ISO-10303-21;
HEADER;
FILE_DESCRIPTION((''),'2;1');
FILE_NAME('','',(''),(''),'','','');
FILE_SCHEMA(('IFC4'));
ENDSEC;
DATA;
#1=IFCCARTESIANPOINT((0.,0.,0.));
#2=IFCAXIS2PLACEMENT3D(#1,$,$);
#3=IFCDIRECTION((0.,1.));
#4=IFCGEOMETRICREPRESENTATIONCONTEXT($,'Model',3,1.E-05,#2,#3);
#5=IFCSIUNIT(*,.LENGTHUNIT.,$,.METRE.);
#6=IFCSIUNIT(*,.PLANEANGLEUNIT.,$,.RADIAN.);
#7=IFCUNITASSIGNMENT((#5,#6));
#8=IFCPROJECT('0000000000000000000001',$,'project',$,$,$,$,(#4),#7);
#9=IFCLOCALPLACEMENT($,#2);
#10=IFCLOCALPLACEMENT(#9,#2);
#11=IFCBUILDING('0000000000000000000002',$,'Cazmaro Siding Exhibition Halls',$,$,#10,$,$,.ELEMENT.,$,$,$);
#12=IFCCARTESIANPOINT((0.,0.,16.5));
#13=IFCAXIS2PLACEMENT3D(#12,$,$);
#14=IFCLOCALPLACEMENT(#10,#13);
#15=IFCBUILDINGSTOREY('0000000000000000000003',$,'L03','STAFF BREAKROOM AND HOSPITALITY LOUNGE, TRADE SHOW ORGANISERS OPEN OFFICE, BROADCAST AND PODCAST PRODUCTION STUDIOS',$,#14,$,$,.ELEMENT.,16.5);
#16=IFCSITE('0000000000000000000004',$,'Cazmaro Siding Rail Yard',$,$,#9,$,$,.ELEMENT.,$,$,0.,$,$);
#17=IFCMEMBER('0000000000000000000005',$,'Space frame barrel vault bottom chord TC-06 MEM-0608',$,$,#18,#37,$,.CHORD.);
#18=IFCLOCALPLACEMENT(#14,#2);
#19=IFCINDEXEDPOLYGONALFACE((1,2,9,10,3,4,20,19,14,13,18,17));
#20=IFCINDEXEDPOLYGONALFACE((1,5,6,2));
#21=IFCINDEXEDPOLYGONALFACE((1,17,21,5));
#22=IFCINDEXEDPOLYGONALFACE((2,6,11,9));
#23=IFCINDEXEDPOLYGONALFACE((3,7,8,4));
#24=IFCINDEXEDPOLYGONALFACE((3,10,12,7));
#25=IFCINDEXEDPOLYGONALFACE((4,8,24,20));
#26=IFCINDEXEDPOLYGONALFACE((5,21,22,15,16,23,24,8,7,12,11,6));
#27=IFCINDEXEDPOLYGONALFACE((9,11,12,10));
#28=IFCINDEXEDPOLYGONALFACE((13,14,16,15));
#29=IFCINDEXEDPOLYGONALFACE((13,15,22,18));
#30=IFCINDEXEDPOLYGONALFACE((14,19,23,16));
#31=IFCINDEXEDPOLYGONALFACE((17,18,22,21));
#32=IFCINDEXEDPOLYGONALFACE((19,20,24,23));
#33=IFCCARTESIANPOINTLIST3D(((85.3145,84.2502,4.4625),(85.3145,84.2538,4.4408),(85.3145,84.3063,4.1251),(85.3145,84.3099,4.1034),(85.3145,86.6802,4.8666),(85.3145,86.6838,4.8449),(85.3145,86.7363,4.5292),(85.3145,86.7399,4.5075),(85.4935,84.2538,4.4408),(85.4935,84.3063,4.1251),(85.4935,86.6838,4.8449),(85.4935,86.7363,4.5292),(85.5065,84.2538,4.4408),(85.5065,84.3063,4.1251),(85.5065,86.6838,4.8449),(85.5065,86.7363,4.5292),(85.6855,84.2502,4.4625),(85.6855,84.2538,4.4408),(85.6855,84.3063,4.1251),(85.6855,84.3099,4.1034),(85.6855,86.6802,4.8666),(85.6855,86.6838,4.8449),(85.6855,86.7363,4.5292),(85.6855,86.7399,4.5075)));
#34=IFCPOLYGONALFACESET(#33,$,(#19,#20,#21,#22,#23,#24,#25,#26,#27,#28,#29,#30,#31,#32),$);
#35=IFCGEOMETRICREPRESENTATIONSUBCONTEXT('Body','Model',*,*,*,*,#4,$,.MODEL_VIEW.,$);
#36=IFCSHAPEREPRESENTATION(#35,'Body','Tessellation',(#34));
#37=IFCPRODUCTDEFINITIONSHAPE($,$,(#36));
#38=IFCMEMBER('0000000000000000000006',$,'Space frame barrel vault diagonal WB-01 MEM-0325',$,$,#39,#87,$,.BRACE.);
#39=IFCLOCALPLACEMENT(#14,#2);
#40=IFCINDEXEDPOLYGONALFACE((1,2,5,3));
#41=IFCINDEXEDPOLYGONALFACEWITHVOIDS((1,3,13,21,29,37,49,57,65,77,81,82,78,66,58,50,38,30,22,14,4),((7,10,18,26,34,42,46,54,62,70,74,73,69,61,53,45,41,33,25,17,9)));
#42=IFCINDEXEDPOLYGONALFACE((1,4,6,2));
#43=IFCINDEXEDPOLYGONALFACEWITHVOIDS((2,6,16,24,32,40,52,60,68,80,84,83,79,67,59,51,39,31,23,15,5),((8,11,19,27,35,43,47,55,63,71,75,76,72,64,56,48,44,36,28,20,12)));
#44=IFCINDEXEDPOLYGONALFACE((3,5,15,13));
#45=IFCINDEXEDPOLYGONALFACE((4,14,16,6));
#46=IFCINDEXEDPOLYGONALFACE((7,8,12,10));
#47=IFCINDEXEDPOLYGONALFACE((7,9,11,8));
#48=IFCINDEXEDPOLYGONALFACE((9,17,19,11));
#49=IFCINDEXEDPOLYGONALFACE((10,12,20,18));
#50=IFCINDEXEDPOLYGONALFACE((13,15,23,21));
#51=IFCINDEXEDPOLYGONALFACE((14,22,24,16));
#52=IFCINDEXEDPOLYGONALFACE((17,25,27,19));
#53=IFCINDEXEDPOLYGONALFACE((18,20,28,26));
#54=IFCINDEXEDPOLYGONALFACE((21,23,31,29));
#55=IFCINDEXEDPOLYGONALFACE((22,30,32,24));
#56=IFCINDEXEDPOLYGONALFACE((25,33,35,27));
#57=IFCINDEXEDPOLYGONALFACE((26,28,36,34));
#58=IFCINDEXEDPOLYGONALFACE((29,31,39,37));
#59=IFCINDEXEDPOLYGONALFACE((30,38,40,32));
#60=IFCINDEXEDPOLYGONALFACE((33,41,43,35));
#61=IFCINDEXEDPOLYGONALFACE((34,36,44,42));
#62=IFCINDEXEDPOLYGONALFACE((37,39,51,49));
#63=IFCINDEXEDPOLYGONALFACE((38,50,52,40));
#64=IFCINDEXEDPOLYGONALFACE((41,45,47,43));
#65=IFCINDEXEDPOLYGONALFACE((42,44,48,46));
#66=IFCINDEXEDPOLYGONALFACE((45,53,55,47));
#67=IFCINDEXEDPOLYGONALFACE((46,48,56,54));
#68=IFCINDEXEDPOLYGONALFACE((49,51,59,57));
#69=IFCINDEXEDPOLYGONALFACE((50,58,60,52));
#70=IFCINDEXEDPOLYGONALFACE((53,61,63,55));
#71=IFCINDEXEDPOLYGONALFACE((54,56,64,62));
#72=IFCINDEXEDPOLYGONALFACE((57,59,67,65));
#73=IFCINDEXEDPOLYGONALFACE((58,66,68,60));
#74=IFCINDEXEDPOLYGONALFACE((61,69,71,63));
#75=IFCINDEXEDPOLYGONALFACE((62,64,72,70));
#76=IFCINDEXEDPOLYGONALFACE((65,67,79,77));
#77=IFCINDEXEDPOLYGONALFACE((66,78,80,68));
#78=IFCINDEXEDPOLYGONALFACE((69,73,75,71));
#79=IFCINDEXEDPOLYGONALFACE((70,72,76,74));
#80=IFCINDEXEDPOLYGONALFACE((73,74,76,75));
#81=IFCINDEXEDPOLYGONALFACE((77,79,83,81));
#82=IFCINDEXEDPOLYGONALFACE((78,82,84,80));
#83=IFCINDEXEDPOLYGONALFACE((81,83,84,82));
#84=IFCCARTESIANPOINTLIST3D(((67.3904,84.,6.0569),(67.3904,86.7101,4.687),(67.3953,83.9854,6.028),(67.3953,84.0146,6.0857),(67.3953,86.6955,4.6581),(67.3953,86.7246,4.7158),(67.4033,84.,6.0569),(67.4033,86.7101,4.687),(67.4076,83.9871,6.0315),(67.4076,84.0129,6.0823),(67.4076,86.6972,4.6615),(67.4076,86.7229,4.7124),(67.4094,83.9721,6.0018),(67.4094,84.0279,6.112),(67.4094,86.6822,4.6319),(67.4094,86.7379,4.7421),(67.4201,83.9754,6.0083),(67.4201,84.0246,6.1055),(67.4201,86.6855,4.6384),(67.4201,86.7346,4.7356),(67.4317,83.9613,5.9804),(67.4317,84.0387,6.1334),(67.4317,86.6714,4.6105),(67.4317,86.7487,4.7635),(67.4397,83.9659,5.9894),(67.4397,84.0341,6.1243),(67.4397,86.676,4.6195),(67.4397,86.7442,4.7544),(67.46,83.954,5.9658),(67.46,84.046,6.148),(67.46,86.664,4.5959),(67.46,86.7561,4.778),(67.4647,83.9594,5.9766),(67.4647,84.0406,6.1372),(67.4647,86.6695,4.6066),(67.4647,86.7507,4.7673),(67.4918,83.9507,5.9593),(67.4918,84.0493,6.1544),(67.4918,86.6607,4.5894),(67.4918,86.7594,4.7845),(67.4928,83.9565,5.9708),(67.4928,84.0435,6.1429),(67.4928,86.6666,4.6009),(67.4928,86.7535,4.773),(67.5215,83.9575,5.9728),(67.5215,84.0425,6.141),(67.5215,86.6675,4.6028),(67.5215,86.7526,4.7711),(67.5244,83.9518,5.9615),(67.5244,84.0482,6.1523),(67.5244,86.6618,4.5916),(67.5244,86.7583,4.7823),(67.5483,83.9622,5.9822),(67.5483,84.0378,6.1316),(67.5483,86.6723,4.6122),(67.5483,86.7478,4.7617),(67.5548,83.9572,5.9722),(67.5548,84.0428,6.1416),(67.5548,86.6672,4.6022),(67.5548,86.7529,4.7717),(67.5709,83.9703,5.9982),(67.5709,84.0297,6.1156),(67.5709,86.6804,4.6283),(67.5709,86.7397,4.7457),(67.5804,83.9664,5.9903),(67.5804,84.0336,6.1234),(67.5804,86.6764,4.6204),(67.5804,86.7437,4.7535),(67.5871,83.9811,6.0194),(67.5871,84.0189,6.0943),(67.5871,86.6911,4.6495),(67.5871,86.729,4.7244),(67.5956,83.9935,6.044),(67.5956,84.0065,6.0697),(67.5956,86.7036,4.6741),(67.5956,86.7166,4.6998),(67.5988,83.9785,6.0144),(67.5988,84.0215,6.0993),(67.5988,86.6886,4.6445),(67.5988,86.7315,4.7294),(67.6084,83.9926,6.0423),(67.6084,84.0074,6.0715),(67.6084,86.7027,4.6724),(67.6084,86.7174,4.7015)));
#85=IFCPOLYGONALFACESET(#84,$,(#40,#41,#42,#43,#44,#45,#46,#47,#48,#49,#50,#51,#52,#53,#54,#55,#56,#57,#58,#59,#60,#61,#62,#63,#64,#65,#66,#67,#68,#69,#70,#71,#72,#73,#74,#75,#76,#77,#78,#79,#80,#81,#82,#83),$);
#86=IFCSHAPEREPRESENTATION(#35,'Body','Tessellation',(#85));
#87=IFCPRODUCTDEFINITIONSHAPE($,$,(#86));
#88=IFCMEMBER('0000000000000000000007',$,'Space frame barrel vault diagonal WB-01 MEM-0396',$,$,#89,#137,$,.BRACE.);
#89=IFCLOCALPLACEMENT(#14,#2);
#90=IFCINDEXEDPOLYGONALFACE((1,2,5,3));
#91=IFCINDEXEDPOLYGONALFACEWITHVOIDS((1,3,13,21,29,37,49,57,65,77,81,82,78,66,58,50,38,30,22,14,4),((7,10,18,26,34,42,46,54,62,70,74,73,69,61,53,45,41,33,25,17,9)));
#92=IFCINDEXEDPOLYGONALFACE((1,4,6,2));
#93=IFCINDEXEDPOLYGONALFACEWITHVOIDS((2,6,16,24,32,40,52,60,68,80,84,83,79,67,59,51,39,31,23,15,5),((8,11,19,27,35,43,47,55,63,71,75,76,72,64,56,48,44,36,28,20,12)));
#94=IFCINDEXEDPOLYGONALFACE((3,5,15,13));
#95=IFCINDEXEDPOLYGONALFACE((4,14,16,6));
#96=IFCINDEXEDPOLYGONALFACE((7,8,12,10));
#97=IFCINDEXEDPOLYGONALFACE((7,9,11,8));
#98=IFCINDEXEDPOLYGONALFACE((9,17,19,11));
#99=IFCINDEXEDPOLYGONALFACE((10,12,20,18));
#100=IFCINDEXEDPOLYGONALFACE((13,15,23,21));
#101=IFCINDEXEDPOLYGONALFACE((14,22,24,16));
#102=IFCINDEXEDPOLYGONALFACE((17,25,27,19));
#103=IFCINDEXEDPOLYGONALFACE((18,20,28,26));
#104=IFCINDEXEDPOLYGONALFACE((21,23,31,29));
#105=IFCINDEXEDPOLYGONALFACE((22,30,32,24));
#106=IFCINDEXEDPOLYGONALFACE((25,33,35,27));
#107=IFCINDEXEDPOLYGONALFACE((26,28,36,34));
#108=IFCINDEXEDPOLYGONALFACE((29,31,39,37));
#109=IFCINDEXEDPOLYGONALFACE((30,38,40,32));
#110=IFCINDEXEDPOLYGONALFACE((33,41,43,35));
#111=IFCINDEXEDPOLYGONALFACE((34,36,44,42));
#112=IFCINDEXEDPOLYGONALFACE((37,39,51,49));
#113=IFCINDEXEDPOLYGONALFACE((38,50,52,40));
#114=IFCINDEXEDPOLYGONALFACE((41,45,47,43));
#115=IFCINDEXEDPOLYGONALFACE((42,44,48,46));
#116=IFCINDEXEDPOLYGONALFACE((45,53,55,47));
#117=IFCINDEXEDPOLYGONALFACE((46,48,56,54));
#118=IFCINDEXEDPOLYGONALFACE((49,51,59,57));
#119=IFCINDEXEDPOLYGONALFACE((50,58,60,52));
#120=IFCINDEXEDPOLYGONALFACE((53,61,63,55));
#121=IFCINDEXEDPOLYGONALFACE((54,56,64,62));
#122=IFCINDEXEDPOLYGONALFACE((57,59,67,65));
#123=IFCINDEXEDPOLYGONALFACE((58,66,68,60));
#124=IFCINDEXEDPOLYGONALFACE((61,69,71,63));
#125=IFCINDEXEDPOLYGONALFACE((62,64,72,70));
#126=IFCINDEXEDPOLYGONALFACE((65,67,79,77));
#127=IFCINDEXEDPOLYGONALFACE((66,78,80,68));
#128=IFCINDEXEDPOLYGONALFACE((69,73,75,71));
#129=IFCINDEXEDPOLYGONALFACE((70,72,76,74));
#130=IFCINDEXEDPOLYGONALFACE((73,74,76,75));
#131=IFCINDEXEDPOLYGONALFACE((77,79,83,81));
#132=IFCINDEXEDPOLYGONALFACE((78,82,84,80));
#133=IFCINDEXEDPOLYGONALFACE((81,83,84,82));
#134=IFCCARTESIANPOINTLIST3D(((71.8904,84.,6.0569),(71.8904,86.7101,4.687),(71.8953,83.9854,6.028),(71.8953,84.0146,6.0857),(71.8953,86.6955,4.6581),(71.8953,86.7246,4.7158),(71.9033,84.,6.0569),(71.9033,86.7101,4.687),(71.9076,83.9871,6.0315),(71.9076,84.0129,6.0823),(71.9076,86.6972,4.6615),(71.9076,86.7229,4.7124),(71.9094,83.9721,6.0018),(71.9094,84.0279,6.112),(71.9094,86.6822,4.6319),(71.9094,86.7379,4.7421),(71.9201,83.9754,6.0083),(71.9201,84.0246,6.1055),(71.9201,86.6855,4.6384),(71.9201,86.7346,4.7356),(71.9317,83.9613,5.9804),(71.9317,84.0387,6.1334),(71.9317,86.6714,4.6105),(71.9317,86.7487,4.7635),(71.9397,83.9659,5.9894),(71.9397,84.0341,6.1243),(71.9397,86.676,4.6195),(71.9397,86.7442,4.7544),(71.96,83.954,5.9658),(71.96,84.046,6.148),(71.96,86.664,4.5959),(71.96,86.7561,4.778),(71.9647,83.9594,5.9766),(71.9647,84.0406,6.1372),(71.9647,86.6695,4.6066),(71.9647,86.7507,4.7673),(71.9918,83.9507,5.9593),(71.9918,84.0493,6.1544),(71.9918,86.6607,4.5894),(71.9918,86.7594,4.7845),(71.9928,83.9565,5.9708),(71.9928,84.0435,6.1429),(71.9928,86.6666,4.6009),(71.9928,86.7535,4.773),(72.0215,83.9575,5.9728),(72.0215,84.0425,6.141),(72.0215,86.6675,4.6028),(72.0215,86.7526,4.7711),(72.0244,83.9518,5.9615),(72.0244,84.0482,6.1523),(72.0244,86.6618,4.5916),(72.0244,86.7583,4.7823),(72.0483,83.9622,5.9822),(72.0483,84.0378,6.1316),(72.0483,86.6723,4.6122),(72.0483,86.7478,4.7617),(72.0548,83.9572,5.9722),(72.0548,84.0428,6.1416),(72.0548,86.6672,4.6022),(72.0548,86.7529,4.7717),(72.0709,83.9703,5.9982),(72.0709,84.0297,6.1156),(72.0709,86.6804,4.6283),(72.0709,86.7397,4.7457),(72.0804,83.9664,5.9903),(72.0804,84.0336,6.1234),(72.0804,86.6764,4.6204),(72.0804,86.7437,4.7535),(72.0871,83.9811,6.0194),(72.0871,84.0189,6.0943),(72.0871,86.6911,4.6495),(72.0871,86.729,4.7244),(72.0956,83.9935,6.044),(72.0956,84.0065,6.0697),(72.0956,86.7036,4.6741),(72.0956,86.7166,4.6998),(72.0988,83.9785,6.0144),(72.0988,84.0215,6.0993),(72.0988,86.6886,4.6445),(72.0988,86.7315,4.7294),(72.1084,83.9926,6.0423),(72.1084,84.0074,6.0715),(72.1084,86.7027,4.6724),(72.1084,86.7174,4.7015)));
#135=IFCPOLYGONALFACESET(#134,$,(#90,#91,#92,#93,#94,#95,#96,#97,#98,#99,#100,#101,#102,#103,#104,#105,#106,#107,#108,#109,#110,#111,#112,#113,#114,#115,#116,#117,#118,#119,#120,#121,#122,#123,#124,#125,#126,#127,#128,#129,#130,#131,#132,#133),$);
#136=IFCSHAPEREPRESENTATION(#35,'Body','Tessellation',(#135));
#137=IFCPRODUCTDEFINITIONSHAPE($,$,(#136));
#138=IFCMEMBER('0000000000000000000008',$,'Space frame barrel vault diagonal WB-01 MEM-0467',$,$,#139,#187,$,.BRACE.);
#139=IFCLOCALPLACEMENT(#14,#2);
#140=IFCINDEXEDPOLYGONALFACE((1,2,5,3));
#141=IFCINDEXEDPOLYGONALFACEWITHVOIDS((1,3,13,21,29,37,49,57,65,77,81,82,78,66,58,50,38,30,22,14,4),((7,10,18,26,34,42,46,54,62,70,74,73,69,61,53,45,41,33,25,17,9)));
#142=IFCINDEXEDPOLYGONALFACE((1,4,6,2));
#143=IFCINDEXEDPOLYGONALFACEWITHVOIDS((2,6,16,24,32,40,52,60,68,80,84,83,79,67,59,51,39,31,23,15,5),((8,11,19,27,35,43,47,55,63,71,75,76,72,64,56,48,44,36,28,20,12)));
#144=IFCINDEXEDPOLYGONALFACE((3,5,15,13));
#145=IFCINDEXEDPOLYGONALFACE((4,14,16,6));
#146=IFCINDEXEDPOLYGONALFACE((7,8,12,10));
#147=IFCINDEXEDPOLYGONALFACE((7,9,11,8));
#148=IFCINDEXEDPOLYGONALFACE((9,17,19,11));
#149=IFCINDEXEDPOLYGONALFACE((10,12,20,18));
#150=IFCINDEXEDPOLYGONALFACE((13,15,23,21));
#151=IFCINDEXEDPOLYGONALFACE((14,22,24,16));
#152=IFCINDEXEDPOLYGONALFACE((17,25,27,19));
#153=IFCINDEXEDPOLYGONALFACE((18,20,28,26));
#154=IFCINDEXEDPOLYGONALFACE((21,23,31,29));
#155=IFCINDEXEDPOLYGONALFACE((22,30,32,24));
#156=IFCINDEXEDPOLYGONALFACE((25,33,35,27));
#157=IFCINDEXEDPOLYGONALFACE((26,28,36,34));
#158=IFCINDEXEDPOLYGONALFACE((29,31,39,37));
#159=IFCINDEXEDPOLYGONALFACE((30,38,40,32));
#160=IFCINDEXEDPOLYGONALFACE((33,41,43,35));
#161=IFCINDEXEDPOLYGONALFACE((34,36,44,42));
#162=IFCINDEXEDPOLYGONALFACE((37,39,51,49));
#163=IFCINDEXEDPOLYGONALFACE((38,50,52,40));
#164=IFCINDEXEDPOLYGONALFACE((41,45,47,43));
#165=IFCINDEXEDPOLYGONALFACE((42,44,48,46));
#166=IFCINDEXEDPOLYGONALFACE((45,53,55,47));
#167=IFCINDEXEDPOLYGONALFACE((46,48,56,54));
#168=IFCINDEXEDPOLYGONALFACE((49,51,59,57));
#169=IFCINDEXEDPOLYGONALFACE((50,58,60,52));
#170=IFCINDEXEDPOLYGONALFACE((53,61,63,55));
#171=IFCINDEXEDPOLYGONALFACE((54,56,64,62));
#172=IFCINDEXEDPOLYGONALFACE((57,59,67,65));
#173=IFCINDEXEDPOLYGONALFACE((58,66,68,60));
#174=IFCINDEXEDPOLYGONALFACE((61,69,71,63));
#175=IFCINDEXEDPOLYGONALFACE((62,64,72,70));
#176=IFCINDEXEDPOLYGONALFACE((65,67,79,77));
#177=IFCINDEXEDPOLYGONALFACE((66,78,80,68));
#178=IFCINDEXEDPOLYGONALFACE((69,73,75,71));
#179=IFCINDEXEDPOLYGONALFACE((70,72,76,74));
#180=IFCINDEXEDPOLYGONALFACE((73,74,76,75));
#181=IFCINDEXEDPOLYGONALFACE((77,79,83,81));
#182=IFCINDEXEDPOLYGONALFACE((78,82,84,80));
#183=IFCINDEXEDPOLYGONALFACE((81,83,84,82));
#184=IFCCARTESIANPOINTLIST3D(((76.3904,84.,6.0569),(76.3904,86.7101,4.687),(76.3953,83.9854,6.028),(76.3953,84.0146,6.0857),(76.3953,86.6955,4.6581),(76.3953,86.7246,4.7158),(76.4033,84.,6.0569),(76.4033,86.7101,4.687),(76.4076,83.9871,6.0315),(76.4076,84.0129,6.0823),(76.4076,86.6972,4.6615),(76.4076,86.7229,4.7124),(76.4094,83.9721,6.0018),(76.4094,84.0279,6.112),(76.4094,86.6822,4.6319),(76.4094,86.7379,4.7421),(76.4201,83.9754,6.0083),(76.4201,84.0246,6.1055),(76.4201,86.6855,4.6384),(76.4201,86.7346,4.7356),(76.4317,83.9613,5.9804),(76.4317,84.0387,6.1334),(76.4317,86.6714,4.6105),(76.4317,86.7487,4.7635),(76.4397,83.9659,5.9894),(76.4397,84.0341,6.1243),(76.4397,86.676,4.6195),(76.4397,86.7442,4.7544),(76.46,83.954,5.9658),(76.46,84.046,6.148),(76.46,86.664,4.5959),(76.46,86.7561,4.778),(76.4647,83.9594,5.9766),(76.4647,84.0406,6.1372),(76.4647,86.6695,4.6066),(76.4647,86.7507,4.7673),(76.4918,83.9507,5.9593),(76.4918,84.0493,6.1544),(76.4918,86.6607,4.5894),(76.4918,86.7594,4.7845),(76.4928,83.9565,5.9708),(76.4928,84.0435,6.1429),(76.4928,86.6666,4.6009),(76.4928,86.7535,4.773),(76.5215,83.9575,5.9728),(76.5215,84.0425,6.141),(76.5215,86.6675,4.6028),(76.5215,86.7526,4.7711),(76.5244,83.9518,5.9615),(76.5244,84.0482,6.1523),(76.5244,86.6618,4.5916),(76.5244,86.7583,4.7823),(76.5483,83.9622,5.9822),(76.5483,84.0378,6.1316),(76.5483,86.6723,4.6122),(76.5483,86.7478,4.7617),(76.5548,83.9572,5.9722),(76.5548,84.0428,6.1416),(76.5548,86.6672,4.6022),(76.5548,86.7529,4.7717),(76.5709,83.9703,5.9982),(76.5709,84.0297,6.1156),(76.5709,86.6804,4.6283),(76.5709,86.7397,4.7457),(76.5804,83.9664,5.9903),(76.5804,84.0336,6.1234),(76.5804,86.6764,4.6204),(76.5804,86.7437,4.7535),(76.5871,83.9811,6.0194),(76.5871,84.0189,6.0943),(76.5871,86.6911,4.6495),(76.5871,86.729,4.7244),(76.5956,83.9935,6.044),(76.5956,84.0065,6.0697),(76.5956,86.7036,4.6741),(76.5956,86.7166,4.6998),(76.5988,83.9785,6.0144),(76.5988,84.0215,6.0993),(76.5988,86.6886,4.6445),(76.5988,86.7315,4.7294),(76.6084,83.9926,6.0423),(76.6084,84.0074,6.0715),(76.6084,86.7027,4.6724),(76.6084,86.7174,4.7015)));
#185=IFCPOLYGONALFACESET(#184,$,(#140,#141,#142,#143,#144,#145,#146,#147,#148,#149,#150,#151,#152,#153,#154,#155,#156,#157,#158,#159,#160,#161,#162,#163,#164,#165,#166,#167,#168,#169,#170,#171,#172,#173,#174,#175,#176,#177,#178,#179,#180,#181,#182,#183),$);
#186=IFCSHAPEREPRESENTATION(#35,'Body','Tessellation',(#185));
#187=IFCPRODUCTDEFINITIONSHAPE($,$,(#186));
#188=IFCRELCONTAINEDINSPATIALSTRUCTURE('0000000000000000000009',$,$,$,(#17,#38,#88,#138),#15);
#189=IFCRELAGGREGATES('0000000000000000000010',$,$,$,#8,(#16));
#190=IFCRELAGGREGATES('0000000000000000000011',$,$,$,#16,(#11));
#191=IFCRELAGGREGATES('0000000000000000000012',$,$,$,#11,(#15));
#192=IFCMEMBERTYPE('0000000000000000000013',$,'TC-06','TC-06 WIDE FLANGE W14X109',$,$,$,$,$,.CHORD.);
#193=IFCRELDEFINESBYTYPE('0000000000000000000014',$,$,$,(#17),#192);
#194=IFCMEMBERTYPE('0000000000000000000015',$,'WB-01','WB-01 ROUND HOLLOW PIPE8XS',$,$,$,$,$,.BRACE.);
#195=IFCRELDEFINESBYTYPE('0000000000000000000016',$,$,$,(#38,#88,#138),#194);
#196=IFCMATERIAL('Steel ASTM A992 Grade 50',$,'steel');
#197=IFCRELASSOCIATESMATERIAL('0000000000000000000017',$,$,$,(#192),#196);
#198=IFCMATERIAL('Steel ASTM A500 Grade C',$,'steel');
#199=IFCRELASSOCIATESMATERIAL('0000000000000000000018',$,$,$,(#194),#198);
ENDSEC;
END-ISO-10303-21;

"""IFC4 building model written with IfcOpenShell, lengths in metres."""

from ifc_helpers import new_model, si_unit, direction, frame, origin, origin_2d, place, context, subcontext, project, spatial, hollow_circle, i_section, extrude, material, material_profile, profile_set, type_object, element, save


model = new_model("IFC4")

# Units and contexts
model_context = context("Model", 3, precision=1e-05, world=origin(), true_north=direction((0.0, 1.0)))
body_context = subcontext(model_context, "Body", "Model", "MODEL_VIEW")
ifc_project = project(units=[si_unit("LENGTHUNIT", "METRE"), si_unit("PLANEANGLEUNIT", "RADIAN")], contexts=[model_context])

# Site, building, storey
site_placement = place(None, origin())
site = spatial("IfcSite", under=ifc_project, at=site_placement, Name="Cazmaro Siding Rail Yard", CompositionType="ELEMENT", RefElevation=0.0)
building_placement = place(site_placement, origin())
building = spatial("IfcBuilding", under=site, at=building_placement, Name="Cazmaro Siding Exhibition Halls", CompositionType="ELEMENT")
storey_placement = place(building_placement, frame((0.0, 0.0, 16.5)))
storey = spatial("IfcBuildingStorey", under=building, at=storey_placement, Name="L03", Description="STAFF BREAKROOM AND HOSPITALITY LOUNGE, TRADE SHOW ORGANISERS OPEN OFFICE, BROADCAST AND PODCAST PRODUCTION STUDIOS", CompositionType="ELEMENT", Elevation=16.5)

# Members
ifc_material_1 = material(Name="Steel ASTM A992 Grade 50", Category="steel")
ifc_material_profile_1 = material_profile(ifc_material_1, i_section(OverallWidth=0.3711, OverallDepth=0.364, WebThickness=0.0129, FlangeThickness=0.022, at=origin_2d()), Name="W14X109")
ifc_profile_set_1 = profile_set([ifc_material_profile_1], Name="Steel ASTM A992 Grade 50")
member_type_1 = type_object("IfcMemberType", Name="TC-06", Description="TC-06 WIDE FLANGE W14X109", PredefinedType="CHORD", material=ifc_profile_set_1)
member_1_placement = place(storey_placement, frame((85.5, 84.28, 4.283), z_axis=(0.0, 0.986455, 0.164029), x_axis=(-1.0, 0.0, 0.0)))
element("IfcMember", 1, at=member_1_placement, inside=storey, type_object=member_type_1, Name="Space frame barrel vault bottom chord TC-06 MEM-0608", PredefinedType="CHORD", context=body_context, shape_type="SweptSolid", body=[
    extrude(i_section(OverallWidth=0.3711, OverallDepth=0.364, WebThickness=0.0129, FlangeThickness=0.022, at=origin_2d()), origin(), (0.0, 0.0, 1.0), 2.4634),
])
ifc_material_2 = material(Name="Steel ASTM A500 Grade C", Category="steel")
ifc_material_profile_2 = material_profile(ifc_material_2, hollow_circle(Radius=0.1096, WallThickness=0.0129, at=origin_2d()), Name="PIPE8XS")
ifc_profile_set_2 = profile_set([ifc_material_profile_2], Name="Steel ASTM A500 Grade C")
member_type_2 = type_object("IfcMemberType", Name="WB-01", Description="WB-01 ROUND HOLLOW PIPE8XS", PredefinedType="BRACE", material=ifc_profile_set_2)
for number, where, z_axis, x_axis, name in (
    (2, (67.5, 84.0, 6.0569), (0.0, 0.892457, -0.451133), (-1.0, 0.0, 0.0), "Space frame barrel vault diagonal WB-01 MEM-0325"),
    (3, (72.0, 84.0, 6.0569), (0.0, 0.892457, -0.451133), (-1.0, 0.0, 0.0), "Space frame barrel vault diagonal WB-01 MEM-0396"),
    (4, (76.5, 84.0, 6.0569), (0.0, 0.892457, -0.451133), (-1.0, 0.0, 0.0), "Space frame barrel vault diagonal WB-01 MEM-0467"),
):
    element("IfcMember", number, at=place(storey_placement, frame(where, z_axis=z_axis, x_axis=x_axis)), inside=storey, type_object=member_type_2, Name=name, PredefinedType="BRACE", context=body_context, shape_type="SweptSolid", body=[
        extrude(hollow_circle(Radius=0.1096, WallThickness=0.0129, at=origin_2d()), origin(), (0.0, 0.0, 1.0), 3.0366),
    ])

save(model, "model.ifc")
